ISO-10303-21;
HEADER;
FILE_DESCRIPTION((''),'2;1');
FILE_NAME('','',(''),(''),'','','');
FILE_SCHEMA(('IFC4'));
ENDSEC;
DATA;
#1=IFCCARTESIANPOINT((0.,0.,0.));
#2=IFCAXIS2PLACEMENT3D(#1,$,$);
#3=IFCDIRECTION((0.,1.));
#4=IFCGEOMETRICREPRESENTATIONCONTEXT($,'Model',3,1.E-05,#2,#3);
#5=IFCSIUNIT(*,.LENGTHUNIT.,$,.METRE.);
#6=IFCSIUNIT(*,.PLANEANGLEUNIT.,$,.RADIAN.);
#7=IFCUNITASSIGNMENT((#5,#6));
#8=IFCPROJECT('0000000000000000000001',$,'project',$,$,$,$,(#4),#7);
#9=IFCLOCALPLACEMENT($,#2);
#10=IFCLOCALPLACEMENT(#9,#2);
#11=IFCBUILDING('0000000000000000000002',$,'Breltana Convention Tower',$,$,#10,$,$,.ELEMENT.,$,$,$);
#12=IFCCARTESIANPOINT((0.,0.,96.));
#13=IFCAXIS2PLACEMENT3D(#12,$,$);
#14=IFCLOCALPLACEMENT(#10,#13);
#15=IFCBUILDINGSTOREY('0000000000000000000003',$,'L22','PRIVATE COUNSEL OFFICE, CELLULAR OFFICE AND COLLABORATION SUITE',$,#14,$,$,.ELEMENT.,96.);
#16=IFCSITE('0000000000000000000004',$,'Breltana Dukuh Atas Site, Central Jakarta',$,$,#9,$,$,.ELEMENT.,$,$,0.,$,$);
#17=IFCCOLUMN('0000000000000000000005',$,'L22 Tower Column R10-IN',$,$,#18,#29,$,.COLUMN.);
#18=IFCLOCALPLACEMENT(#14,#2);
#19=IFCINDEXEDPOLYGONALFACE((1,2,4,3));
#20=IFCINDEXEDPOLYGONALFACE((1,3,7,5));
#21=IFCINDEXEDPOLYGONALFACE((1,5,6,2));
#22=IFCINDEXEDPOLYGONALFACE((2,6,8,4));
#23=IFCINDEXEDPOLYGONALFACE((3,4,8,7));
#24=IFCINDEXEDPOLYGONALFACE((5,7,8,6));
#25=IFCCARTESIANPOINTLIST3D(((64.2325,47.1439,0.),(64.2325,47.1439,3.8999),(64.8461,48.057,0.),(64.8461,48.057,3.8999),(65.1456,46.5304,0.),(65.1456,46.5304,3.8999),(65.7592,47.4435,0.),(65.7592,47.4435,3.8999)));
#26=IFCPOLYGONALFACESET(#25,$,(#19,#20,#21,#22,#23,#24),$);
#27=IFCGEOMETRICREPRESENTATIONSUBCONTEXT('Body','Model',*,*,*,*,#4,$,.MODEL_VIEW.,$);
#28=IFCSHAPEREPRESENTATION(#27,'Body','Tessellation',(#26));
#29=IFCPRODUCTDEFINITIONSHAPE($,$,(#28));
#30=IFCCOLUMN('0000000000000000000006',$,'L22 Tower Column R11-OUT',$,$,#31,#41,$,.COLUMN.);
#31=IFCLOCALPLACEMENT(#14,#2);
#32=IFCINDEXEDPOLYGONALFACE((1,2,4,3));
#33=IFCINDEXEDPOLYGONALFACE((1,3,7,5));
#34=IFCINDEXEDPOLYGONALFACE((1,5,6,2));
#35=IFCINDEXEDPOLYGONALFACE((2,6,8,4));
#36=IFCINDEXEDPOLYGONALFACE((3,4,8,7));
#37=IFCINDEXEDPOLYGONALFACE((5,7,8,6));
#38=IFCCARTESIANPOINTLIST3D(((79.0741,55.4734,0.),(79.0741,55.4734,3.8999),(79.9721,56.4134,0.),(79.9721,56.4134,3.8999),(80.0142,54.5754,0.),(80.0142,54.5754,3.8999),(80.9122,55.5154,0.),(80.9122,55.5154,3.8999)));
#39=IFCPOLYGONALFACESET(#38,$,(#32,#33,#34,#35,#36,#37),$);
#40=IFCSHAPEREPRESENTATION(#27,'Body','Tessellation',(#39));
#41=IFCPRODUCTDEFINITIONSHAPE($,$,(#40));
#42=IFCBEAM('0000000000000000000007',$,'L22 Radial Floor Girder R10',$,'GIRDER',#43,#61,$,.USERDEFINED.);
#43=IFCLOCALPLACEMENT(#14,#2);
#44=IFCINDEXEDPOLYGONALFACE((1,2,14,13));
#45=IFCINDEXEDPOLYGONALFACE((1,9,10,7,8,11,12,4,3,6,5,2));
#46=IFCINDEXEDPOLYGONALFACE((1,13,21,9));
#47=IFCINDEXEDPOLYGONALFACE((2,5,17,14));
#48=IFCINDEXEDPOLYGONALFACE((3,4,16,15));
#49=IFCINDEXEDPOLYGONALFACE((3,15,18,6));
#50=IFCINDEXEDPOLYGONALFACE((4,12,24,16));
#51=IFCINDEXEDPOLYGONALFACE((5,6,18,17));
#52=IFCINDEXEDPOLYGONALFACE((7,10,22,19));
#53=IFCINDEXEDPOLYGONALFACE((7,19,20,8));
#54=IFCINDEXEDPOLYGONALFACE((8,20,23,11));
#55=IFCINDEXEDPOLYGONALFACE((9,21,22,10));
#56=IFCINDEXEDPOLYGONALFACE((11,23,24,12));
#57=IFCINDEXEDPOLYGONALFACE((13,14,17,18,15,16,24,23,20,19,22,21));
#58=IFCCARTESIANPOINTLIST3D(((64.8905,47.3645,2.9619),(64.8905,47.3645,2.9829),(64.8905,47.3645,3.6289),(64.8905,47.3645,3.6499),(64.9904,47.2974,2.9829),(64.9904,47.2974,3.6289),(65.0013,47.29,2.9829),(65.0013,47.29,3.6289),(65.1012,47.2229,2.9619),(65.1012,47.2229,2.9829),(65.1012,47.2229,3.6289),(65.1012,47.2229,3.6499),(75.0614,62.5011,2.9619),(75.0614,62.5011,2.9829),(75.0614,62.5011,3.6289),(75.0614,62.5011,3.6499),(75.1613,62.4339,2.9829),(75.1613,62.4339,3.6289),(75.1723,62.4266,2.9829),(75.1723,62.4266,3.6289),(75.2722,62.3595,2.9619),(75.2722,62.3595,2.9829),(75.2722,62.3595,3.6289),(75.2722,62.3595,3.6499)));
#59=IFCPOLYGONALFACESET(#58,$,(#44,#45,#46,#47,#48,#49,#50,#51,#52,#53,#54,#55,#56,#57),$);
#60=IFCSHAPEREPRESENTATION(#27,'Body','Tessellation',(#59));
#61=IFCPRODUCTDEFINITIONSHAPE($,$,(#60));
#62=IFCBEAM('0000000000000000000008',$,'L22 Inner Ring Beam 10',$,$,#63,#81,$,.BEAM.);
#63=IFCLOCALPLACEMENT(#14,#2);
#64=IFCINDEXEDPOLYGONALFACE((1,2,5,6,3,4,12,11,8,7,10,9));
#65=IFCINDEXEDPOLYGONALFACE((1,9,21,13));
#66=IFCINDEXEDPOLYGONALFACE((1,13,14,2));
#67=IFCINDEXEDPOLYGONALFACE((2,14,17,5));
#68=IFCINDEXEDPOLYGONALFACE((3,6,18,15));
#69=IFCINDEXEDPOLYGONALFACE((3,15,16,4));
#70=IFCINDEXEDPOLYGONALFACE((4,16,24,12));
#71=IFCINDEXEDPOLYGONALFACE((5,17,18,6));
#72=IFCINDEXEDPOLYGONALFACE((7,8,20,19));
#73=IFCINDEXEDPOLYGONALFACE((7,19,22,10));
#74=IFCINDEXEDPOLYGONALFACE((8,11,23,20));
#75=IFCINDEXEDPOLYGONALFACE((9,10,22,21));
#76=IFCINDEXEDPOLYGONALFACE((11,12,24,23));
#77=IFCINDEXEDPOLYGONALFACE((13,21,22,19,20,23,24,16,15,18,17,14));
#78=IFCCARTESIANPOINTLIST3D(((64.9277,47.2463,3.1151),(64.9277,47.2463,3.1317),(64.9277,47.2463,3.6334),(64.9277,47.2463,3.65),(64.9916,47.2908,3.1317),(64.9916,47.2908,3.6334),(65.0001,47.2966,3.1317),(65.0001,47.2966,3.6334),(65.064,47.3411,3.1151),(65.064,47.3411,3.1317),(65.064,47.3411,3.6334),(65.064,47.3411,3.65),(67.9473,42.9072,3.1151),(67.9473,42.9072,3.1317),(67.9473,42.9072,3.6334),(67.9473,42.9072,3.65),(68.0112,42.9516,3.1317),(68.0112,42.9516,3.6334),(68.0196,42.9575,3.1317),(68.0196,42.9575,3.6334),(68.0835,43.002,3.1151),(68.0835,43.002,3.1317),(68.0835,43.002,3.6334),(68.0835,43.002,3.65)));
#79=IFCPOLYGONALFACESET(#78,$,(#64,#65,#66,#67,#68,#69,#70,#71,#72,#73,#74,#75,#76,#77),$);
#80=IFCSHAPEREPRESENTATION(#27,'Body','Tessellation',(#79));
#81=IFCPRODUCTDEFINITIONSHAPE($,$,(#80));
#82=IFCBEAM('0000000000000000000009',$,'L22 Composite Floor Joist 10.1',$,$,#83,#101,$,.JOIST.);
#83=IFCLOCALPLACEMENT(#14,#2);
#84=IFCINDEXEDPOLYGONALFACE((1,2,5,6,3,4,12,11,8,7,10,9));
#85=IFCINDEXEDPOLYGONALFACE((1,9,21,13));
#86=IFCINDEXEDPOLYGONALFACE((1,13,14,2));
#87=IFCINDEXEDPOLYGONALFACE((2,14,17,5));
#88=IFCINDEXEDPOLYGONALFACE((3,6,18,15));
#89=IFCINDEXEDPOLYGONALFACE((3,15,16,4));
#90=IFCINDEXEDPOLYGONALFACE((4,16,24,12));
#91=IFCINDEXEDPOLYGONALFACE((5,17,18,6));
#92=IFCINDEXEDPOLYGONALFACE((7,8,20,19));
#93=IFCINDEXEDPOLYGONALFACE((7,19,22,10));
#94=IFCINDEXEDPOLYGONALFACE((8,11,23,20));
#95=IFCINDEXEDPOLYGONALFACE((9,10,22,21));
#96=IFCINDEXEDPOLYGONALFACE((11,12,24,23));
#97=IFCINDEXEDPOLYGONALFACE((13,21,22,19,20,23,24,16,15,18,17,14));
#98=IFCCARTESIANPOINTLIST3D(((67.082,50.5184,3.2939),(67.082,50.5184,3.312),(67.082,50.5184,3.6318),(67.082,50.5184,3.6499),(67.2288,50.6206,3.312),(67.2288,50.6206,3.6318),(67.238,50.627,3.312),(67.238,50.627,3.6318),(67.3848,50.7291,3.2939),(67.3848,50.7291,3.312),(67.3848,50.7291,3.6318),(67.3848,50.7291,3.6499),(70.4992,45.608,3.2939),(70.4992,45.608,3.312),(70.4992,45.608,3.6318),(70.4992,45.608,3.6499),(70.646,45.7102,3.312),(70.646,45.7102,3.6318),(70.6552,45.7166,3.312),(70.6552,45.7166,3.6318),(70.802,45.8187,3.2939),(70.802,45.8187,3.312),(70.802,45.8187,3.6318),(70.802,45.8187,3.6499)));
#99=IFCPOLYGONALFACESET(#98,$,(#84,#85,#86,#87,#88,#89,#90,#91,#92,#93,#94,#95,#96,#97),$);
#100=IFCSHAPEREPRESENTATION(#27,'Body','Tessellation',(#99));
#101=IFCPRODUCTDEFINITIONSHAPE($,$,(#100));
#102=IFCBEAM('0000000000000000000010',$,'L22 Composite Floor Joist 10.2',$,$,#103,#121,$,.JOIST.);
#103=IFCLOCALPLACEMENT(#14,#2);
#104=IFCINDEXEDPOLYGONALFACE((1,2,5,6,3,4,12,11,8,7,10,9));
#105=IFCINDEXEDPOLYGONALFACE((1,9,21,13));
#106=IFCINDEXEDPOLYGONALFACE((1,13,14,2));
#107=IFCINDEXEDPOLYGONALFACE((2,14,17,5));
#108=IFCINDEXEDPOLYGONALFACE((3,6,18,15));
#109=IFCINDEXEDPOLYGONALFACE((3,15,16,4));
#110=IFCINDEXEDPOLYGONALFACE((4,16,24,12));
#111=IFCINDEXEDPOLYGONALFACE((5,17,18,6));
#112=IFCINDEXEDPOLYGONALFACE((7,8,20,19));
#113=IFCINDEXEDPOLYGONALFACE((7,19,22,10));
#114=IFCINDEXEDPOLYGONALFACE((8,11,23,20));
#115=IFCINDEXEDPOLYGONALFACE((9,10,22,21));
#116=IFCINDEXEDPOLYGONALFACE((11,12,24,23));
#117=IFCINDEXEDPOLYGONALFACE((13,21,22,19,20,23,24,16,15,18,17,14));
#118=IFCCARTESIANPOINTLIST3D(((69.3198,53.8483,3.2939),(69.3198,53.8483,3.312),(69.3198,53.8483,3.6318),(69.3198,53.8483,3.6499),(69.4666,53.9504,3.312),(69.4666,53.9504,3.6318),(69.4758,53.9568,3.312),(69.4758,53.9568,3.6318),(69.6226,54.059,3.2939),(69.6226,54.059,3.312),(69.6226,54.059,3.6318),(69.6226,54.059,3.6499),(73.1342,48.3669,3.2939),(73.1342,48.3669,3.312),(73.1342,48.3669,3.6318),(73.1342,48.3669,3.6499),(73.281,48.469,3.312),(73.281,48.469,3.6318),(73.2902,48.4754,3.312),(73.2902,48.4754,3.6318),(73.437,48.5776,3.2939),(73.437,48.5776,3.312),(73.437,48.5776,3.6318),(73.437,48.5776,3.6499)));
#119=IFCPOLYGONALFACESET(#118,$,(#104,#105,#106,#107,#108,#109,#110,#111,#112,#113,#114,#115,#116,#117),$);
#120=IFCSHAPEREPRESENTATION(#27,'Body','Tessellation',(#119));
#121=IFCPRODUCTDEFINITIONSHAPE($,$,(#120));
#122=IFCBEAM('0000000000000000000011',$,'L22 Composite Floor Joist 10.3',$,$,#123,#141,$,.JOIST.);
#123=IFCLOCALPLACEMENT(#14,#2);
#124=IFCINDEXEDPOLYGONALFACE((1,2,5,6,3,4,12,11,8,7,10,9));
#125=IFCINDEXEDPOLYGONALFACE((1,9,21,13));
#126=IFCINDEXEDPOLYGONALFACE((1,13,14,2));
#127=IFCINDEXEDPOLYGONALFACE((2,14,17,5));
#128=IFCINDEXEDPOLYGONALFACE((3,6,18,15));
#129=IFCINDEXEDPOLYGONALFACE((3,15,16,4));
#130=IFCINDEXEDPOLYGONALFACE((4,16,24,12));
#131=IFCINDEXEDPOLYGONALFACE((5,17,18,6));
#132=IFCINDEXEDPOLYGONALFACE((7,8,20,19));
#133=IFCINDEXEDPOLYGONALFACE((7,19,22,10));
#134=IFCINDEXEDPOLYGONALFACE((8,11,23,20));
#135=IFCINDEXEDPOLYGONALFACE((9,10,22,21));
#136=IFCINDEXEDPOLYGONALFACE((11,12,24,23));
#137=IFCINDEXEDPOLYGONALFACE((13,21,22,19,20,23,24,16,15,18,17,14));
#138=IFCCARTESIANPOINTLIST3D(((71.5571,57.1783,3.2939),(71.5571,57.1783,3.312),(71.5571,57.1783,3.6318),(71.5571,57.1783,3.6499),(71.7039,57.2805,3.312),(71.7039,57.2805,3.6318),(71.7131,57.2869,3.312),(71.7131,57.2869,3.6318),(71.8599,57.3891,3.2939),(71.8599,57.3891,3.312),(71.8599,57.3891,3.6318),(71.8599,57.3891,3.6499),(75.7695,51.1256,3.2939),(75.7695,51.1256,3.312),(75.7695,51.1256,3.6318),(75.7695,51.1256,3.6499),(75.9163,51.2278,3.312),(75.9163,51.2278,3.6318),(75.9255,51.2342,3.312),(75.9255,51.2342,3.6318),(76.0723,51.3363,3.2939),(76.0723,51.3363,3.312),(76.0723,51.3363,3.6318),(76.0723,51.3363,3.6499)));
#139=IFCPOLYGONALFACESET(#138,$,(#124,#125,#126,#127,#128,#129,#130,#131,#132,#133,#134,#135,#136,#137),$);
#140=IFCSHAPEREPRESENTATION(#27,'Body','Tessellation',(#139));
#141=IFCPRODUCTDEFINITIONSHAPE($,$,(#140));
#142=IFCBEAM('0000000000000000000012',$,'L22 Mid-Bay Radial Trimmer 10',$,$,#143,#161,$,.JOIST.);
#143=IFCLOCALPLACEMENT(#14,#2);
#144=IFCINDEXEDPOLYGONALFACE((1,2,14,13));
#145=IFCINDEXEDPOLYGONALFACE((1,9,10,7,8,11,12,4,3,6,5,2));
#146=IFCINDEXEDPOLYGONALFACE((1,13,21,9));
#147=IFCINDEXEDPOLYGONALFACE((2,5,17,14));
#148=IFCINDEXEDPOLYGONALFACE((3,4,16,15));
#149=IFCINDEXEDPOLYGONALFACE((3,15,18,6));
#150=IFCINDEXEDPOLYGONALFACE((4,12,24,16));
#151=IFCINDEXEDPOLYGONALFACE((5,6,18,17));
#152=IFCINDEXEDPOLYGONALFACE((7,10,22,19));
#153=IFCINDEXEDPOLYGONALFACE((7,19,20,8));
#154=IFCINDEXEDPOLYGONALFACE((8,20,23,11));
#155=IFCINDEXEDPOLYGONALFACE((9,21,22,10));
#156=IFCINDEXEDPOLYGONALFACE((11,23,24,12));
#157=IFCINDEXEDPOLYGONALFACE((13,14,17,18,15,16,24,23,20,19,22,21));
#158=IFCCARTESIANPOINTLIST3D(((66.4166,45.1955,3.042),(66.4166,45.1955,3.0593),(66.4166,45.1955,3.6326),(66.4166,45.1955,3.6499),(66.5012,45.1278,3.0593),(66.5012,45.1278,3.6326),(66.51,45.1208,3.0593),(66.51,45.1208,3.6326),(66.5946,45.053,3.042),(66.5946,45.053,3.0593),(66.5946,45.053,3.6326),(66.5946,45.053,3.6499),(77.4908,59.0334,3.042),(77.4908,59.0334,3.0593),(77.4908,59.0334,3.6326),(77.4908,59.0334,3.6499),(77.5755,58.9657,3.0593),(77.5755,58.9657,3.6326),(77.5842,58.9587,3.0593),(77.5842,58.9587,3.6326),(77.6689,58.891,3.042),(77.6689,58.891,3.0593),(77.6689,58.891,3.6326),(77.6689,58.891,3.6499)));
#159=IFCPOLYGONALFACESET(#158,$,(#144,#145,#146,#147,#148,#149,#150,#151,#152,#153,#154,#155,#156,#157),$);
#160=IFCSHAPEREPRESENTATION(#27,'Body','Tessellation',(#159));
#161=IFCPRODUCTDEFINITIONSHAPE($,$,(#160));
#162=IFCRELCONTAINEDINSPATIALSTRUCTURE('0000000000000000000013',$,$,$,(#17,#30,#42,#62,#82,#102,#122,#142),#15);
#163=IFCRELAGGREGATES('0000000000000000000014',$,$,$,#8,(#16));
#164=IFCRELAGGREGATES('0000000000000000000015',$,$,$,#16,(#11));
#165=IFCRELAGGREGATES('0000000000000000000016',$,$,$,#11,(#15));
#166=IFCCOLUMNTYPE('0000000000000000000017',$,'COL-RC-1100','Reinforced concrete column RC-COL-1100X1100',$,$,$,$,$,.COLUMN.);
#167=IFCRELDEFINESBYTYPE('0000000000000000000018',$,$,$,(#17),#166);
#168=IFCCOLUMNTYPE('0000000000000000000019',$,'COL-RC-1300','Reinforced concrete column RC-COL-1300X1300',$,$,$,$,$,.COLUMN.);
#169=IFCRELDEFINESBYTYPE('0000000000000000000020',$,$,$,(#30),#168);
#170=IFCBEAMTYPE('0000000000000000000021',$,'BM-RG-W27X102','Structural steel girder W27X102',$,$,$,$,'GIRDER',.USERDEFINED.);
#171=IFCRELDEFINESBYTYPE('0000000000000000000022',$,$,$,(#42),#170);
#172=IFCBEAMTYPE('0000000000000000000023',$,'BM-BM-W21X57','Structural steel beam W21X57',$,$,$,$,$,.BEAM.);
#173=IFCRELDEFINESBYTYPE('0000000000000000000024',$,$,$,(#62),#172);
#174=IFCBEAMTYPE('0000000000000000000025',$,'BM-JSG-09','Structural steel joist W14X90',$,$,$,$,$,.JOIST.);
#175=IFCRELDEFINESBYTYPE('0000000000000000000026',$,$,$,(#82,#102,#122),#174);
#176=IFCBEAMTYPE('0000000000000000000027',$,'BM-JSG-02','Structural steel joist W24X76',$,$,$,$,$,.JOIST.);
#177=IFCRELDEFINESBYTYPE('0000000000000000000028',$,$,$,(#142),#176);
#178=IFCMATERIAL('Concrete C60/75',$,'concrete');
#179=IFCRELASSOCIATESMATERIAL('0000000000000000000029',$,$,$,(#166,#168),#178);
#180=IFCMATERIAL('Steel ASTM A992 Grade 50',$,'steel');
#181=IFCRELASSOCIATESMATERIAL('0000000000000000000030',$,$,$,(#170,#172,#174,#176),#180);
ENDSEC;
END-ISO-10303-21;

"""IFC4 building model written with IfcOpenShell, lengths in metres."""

from ifc_helpers import new_model, si_unit, direction, frame, origin, origin_2d, place, context, subcontext, project, spatial, rectangle, i_section, extrude, source, transform, mapped, material, material_profile, profile_set, type_object, element, save


model = new_model("IFC4")

# Units and contexts
model_context = context("Model", 3, precision=1e-05, world=origin(), true_north=direction((0.0, 1.0)))
body_context = subcontext(model_context, "Body", "Model", "MODEL_VIEW")
ifc_project = project(units=[si_unit("LENGTHUNIT", "METRE"), si_unit("PLANEANGLEUNIT", "RADIAN")], contexts=[model_context])

# Site, building, storey
site_placement = place(None, origin())
site = spatial("IfcSite", under=ifc_project, at=site_placement, Name="Breltana Dukuh Atas Site, Central Jakarta", CompositionType="ELEMENT", RefElevation=0.0)
building_placement = place(site_placement, origin())
building = spatial("IfcBuilding", under=site, at=building_placement, Name="Breltana Convention Tower", CompositionType="ELEMENT")
storey_placement = place(building_placement, frame((0.0, 0.0, 96.0)))
storey = spatial("IfcBuildingStorey", under=building, at=storey_placement, Name="L22", Description="PRIVATE COUNSEL OFFICE, CELLULAR OFFICE AND COLLABORATION SUITE", CompositionType="ELEMENT", Elevation=96.0)

# Columns
ifc_material_1 = material(Name="Concrete C60/75", Category="concrete")
ifc_material_profile_1 = material_profile(ifc_material_1, rectangle(XDim=1.1001, YDim=1.1001, at=origin_2d()), Name="RC-COL-1100X1100")
ifc_profile_set_1 = profile_set([ifc_material_profile_1], Name="Concrete C60/75")
column_type_1 = type_object("IfcColumnType", Name="COL-RC-1100", Description="Reinforced concrete column RC-COL-1100X1100", PredefinedType="COLUMN", material=ifc_profile_set_1)
shared_shape_1 = source(origin(), body_context, "Body", "SweptSolid", [
    extrude(rectangle(XDim=1.1001, YDim=1.1001, at=origin_2d()), origin(), (0.0, 0.0, 1.0), 3.8999),
])
column_1_placement = place(storey_placement, frame((64.9958, 47.2937, 0.0), z_axis=(0.0, 0.0, 1.0), x_axis=(0.557745, 0.830012, 0.0)))
element("IfcColumn", 1, at=column_1_placement, inside=storey, type_object=column_type_1, Name="L22 Tower Column R10-IN", PredefinedType="COLUMN", context=body_context, shape_type="MappedRepresentation", body=[
    mapped(shared_shape_1, transform((0.0, 0.0, 0.0), scale=1.0)),
])
ifc_material_profile_2 = material_profile(ifc_material_1, rectangle(XDim=1.3, YDim=1.3, at=origin_2d()), Name="RC-COL-1300X1300")
ifc_profile_set_2 = profile_set([ifc_material_profile_2], Name="Concrete C60/75")
column_type_2 = type_object("IfcColumnType", Name="COL-RC-1300", Description="Reinforced concrete column RC-COL-1300X1300", PredefinedType="COLUMN", material=ifc_profile_set_2)
shared_shape_2 = source(origin(), body_context, "Body", "SweptSolid", [
    extrude(rectangle(XDim=1.3, YDim=1.3, at=origin_2d()), origin(), (0.0, 0.0, 1.0), 3.8999),
])
column_2_placement = place(storey_placement, frame((79.9932, 55.4944, 0.0), z_axis=(0.0, 0.0, 1.0), x_axis=(0.690756, 0.723088, 0.0)))
element("IfcColumn", 2, at=column_2_placement, inside=storey, type_object=column_type_2, Name="L22 Tower Column R11-OUT", PredefinedType="COLUMN", context=body_context, shape_type="MappedRepresentation", body=[
    mapped(shared_shape_2, transform((0.0, 0.0, 0.0), scale=1.0)),
])

# Beams
ifc_material_2 = material(Name="Steel ASTM A992 Grade 50", Category="steel")
ifc_material_profile_3 = material_profile(ifc_material_2, i_section(OverallWidth=0.2539, OverallDepth=0.688, WebThickness=0.0132, FlangeThickness=0.021, at=origin_2d()), Name="W27X102")
ifc_profile_set_3 = profile_set([ifc_material_profile_3], Name="Steel ASTM A992 Grade 50")
beam_type_1 = type_object("IfcBeamType", Name="BM-RG-W27X102", Description="Structural steel girder W27X102", ElementType="GIRDER", PredefinedType="USERDEFINED", material=ifc_profile_set_3)
shared_shape_3 = source(origin(), body_context, "Body", "SweptSolid", [
    extrude(i_section(OverallWidth=0.2539, OverallDepth=0.688, WebThickness=0.0132, FlangeThickness=0.021, at=origin_2d()), origin(), (0.0, 0.0, 1.0), 18.2363),
])
beam_1_placement = place(storey_placement, frame((64.9958, 47.2937, 3.3059), z_axis=(0.55773, 0.830022, 0.0), x_axis=(-0.830022, 0.55773, 0.0)))
element("IfcBeam", 3, at=beam_1_placement, inside=storey, type_object=beam_type_1, Name="L22 Radial Floor Girder R10", ObjectType="GIRDER", PredefinedType="USERDEFINED", context=body_context, shape_type="MappedRepresentation", body=[
    mapped(shared_shape_3, transform((0.0, 0.0, 0.0), scale=1.0)),
])
ifc_material_profile_4 = material_profile(ifc_material_2, i_section(OverallWidth=0.166, OverallDepth=0.5349, WebThickness=0.0103, FlangeThickness=0.0166, at=origin_2d()), Name="W21X57")
ifc_profile_set_4 = profile_set([ifc_material_profile_4], Name="Steel ASTM A992 Grade 50")
beam_type_2 = type_object("IfcBeamType", Name="BM-BM-W21X57", Description="Structural steel beam W21X57", PredefinedType="BEAM", material=ifc_profile_set_4)
shared_shape_4 = source(origin(), body_context, "Body", "SweptSolid", [
    extrude(i_section(OverallWidth=0.166, OverallDepth=0.5349, WebThickness=0.0103, FlangeThickness=0.0166, at=origin_2d()), origin(), (0.0, 0.0, 1.0), 5.2864),
])
beam_2_placement = place(storey_placement, frame((64.9958, 47.2937, 3.3826), z_axis=(0.571194, -0.820815, 0.0), x_axis=(0.820815, 0.571194, 0.0)))
element("IfcBeam", 4, at=beam_2_placement, inside=storey, type_object=beam_type_2, Name="L22 Inner Ring Beam 10", PredefinedType="BEAM", context=body_context, shape_type="MappedRepresentation", body=[
    mapped(shared_shape_4, transform((0.0, 0.0, 0.0), scale=1.0)),
])
ifc_material_profile_5 = material_profile(ifc_material_2, i_section(OverallWidth=0.3689, OverallDepth=0.356, WebThickness=0.0112, FlangeThickness=0.0181, at=origin_2d()), Name="W14X90")
ifc_profile_set_5 = profile_set([ifc_material_profile_5], Name="Steel ASTM A992 Grade 50")
beam_type_3 = type_object("IfcBeamType", Name="BM-JSG-09", Description="Structural steel joist W14X90", PredefinedType="JOIST", material=ifc_profile_set_5)
shared_shape_5 = source(origin(), body_context, "Body", "SweptSolid", [
    extrude(i_section(OverallWidth=0.3689, OverallDepth=0.356, WebThickness=0.0112, FlangeThickness=0.0181, at=origin_2d()), origin(), (0.0, 0.0, 1.0), 5.9824),
])
beam_3_placement = place(storey_placement, frame((67.2334, 50.6238, 3.4719), z_axis=(0.571212, -0.820803, 0.0), x_axis=(0.820803, 0.571212, 0.0)))
element("IfcBeam", 5, at=beam_3_placement, inside=storey, type_object=beam_type_3, Name="L22 Composite Floor Joist 10.1", PredefinedType="JOIST", context=body_context, shape_type="MappedRepresentation", body=[
    mapped(shared_shape_5, transform((0.0, 0.0, 0.0), scale=1.0)),
])
shared_shape_6 = source(origin(), body_context, "Body", "SweptSolid", [
    extrude(i_section(OverallWidth=0.3689, OverallDepth=0.356, WebThickness=0.0112, FlangeThickness=0.0181, at=origin_2d()), origin(), (0.0, 0.0, 1.0), 6.678),
])
beam_4_placement = place(storey_placement, frame((69.4712, 53.9536, 3.4719), z_axis=(0.571193, -0.820816, 0.0), x_axis=(0.820816, 0.571193, 0.0)))
element("IfcBeam", 6, at=beam_4_placement, inside=storey, type_object=beam_type_3, Name="L22 Composite Floor Joist 10.2", PredefinedType="JOIST", context=body_context, shape_type="MappedRepresentation", body=[
    mapped(shared_shape_6, transform((0.0, 0.0, 0.0), scale=1.0)),
])
shared_shape_7 = source(origin(), body_context, "Body", "SweptSolid", [
    extrude(i_section(OverallWidth=0.3689, OverallDepth=0.356, WebThickness=0.0112, FlangeThickness=0.0181, at=origin_2d()), origin(), (0.0, 0.0, 1.0), 7.3743),
])
beam_5_placement = place(storey_placement, frame((71.7085, 57.2837, 3.4719), z_axis=(0.571229, -0.82079, 0.0), x_axis=(0.82079, 0.571229, 0.0)))
element("IfcBeam", 7, at=beam_5_placement, inside=storey, type_object=beam_type_3, Name="L22 Composite Floor Joist 10.3", PredefinedType="JOIST", context=body_context, shape_type="MappedRepresentation", body=[
    mapped(shared_shape_7, transform((0.0, 0.0, 0.0), scale=1.0)),
])
ifc_material_profile_6 = material_profile(ifc_material_2, i_section(OverallWidth=0.228, OverallDepth=0.6079, WebThickness=0.0112, FlangeThickness=0.0173, at=origin_2d()), Name="W24X76")
ifc_profile_set_6 = profile_set([ifc_material_profile_6], Name="Steel ASTM A992 Grade 50")
beam_type_4 = type_object("IfcBeamType", Name="BM-JSG-02", Description="Structural steel joist W24X76", PredefinedType="JOIST", material=ifc_profile_set_6)
shared_shape_8 = source(origin(), body_context, "Body", "SweptSolid", [
    extrude(i_section(OverallWidth=0.228, OverallDepth=0.6079, WebThickness=0.0112, FlangeThickness=0.0173, at=origin_2d()), origin(), (0.0, 0.0, 1.0), 17.7236),
])
beam_6_placement = place(storey_placement, frame((66.5056, 45.1243, 3.3459), z_axis=(0.624829, 0.780761, 0.0), x_axis=(-0.780761, 0.624829, 0.0)))
element("IfcBeam", 8, at=beam_6_placement, inside=storey, type_object=beam_type_4, Name="L22 Mid-Bay Radial Trimmer 10", PredefinedType="JOIST", context=body_context, shape_type="MappedRepresentation", body=[
    mapped(shared_shape_8, transform((0.0, 0.0, 0.0), scale=1.0)),
])

save(model, "model.ifc")
